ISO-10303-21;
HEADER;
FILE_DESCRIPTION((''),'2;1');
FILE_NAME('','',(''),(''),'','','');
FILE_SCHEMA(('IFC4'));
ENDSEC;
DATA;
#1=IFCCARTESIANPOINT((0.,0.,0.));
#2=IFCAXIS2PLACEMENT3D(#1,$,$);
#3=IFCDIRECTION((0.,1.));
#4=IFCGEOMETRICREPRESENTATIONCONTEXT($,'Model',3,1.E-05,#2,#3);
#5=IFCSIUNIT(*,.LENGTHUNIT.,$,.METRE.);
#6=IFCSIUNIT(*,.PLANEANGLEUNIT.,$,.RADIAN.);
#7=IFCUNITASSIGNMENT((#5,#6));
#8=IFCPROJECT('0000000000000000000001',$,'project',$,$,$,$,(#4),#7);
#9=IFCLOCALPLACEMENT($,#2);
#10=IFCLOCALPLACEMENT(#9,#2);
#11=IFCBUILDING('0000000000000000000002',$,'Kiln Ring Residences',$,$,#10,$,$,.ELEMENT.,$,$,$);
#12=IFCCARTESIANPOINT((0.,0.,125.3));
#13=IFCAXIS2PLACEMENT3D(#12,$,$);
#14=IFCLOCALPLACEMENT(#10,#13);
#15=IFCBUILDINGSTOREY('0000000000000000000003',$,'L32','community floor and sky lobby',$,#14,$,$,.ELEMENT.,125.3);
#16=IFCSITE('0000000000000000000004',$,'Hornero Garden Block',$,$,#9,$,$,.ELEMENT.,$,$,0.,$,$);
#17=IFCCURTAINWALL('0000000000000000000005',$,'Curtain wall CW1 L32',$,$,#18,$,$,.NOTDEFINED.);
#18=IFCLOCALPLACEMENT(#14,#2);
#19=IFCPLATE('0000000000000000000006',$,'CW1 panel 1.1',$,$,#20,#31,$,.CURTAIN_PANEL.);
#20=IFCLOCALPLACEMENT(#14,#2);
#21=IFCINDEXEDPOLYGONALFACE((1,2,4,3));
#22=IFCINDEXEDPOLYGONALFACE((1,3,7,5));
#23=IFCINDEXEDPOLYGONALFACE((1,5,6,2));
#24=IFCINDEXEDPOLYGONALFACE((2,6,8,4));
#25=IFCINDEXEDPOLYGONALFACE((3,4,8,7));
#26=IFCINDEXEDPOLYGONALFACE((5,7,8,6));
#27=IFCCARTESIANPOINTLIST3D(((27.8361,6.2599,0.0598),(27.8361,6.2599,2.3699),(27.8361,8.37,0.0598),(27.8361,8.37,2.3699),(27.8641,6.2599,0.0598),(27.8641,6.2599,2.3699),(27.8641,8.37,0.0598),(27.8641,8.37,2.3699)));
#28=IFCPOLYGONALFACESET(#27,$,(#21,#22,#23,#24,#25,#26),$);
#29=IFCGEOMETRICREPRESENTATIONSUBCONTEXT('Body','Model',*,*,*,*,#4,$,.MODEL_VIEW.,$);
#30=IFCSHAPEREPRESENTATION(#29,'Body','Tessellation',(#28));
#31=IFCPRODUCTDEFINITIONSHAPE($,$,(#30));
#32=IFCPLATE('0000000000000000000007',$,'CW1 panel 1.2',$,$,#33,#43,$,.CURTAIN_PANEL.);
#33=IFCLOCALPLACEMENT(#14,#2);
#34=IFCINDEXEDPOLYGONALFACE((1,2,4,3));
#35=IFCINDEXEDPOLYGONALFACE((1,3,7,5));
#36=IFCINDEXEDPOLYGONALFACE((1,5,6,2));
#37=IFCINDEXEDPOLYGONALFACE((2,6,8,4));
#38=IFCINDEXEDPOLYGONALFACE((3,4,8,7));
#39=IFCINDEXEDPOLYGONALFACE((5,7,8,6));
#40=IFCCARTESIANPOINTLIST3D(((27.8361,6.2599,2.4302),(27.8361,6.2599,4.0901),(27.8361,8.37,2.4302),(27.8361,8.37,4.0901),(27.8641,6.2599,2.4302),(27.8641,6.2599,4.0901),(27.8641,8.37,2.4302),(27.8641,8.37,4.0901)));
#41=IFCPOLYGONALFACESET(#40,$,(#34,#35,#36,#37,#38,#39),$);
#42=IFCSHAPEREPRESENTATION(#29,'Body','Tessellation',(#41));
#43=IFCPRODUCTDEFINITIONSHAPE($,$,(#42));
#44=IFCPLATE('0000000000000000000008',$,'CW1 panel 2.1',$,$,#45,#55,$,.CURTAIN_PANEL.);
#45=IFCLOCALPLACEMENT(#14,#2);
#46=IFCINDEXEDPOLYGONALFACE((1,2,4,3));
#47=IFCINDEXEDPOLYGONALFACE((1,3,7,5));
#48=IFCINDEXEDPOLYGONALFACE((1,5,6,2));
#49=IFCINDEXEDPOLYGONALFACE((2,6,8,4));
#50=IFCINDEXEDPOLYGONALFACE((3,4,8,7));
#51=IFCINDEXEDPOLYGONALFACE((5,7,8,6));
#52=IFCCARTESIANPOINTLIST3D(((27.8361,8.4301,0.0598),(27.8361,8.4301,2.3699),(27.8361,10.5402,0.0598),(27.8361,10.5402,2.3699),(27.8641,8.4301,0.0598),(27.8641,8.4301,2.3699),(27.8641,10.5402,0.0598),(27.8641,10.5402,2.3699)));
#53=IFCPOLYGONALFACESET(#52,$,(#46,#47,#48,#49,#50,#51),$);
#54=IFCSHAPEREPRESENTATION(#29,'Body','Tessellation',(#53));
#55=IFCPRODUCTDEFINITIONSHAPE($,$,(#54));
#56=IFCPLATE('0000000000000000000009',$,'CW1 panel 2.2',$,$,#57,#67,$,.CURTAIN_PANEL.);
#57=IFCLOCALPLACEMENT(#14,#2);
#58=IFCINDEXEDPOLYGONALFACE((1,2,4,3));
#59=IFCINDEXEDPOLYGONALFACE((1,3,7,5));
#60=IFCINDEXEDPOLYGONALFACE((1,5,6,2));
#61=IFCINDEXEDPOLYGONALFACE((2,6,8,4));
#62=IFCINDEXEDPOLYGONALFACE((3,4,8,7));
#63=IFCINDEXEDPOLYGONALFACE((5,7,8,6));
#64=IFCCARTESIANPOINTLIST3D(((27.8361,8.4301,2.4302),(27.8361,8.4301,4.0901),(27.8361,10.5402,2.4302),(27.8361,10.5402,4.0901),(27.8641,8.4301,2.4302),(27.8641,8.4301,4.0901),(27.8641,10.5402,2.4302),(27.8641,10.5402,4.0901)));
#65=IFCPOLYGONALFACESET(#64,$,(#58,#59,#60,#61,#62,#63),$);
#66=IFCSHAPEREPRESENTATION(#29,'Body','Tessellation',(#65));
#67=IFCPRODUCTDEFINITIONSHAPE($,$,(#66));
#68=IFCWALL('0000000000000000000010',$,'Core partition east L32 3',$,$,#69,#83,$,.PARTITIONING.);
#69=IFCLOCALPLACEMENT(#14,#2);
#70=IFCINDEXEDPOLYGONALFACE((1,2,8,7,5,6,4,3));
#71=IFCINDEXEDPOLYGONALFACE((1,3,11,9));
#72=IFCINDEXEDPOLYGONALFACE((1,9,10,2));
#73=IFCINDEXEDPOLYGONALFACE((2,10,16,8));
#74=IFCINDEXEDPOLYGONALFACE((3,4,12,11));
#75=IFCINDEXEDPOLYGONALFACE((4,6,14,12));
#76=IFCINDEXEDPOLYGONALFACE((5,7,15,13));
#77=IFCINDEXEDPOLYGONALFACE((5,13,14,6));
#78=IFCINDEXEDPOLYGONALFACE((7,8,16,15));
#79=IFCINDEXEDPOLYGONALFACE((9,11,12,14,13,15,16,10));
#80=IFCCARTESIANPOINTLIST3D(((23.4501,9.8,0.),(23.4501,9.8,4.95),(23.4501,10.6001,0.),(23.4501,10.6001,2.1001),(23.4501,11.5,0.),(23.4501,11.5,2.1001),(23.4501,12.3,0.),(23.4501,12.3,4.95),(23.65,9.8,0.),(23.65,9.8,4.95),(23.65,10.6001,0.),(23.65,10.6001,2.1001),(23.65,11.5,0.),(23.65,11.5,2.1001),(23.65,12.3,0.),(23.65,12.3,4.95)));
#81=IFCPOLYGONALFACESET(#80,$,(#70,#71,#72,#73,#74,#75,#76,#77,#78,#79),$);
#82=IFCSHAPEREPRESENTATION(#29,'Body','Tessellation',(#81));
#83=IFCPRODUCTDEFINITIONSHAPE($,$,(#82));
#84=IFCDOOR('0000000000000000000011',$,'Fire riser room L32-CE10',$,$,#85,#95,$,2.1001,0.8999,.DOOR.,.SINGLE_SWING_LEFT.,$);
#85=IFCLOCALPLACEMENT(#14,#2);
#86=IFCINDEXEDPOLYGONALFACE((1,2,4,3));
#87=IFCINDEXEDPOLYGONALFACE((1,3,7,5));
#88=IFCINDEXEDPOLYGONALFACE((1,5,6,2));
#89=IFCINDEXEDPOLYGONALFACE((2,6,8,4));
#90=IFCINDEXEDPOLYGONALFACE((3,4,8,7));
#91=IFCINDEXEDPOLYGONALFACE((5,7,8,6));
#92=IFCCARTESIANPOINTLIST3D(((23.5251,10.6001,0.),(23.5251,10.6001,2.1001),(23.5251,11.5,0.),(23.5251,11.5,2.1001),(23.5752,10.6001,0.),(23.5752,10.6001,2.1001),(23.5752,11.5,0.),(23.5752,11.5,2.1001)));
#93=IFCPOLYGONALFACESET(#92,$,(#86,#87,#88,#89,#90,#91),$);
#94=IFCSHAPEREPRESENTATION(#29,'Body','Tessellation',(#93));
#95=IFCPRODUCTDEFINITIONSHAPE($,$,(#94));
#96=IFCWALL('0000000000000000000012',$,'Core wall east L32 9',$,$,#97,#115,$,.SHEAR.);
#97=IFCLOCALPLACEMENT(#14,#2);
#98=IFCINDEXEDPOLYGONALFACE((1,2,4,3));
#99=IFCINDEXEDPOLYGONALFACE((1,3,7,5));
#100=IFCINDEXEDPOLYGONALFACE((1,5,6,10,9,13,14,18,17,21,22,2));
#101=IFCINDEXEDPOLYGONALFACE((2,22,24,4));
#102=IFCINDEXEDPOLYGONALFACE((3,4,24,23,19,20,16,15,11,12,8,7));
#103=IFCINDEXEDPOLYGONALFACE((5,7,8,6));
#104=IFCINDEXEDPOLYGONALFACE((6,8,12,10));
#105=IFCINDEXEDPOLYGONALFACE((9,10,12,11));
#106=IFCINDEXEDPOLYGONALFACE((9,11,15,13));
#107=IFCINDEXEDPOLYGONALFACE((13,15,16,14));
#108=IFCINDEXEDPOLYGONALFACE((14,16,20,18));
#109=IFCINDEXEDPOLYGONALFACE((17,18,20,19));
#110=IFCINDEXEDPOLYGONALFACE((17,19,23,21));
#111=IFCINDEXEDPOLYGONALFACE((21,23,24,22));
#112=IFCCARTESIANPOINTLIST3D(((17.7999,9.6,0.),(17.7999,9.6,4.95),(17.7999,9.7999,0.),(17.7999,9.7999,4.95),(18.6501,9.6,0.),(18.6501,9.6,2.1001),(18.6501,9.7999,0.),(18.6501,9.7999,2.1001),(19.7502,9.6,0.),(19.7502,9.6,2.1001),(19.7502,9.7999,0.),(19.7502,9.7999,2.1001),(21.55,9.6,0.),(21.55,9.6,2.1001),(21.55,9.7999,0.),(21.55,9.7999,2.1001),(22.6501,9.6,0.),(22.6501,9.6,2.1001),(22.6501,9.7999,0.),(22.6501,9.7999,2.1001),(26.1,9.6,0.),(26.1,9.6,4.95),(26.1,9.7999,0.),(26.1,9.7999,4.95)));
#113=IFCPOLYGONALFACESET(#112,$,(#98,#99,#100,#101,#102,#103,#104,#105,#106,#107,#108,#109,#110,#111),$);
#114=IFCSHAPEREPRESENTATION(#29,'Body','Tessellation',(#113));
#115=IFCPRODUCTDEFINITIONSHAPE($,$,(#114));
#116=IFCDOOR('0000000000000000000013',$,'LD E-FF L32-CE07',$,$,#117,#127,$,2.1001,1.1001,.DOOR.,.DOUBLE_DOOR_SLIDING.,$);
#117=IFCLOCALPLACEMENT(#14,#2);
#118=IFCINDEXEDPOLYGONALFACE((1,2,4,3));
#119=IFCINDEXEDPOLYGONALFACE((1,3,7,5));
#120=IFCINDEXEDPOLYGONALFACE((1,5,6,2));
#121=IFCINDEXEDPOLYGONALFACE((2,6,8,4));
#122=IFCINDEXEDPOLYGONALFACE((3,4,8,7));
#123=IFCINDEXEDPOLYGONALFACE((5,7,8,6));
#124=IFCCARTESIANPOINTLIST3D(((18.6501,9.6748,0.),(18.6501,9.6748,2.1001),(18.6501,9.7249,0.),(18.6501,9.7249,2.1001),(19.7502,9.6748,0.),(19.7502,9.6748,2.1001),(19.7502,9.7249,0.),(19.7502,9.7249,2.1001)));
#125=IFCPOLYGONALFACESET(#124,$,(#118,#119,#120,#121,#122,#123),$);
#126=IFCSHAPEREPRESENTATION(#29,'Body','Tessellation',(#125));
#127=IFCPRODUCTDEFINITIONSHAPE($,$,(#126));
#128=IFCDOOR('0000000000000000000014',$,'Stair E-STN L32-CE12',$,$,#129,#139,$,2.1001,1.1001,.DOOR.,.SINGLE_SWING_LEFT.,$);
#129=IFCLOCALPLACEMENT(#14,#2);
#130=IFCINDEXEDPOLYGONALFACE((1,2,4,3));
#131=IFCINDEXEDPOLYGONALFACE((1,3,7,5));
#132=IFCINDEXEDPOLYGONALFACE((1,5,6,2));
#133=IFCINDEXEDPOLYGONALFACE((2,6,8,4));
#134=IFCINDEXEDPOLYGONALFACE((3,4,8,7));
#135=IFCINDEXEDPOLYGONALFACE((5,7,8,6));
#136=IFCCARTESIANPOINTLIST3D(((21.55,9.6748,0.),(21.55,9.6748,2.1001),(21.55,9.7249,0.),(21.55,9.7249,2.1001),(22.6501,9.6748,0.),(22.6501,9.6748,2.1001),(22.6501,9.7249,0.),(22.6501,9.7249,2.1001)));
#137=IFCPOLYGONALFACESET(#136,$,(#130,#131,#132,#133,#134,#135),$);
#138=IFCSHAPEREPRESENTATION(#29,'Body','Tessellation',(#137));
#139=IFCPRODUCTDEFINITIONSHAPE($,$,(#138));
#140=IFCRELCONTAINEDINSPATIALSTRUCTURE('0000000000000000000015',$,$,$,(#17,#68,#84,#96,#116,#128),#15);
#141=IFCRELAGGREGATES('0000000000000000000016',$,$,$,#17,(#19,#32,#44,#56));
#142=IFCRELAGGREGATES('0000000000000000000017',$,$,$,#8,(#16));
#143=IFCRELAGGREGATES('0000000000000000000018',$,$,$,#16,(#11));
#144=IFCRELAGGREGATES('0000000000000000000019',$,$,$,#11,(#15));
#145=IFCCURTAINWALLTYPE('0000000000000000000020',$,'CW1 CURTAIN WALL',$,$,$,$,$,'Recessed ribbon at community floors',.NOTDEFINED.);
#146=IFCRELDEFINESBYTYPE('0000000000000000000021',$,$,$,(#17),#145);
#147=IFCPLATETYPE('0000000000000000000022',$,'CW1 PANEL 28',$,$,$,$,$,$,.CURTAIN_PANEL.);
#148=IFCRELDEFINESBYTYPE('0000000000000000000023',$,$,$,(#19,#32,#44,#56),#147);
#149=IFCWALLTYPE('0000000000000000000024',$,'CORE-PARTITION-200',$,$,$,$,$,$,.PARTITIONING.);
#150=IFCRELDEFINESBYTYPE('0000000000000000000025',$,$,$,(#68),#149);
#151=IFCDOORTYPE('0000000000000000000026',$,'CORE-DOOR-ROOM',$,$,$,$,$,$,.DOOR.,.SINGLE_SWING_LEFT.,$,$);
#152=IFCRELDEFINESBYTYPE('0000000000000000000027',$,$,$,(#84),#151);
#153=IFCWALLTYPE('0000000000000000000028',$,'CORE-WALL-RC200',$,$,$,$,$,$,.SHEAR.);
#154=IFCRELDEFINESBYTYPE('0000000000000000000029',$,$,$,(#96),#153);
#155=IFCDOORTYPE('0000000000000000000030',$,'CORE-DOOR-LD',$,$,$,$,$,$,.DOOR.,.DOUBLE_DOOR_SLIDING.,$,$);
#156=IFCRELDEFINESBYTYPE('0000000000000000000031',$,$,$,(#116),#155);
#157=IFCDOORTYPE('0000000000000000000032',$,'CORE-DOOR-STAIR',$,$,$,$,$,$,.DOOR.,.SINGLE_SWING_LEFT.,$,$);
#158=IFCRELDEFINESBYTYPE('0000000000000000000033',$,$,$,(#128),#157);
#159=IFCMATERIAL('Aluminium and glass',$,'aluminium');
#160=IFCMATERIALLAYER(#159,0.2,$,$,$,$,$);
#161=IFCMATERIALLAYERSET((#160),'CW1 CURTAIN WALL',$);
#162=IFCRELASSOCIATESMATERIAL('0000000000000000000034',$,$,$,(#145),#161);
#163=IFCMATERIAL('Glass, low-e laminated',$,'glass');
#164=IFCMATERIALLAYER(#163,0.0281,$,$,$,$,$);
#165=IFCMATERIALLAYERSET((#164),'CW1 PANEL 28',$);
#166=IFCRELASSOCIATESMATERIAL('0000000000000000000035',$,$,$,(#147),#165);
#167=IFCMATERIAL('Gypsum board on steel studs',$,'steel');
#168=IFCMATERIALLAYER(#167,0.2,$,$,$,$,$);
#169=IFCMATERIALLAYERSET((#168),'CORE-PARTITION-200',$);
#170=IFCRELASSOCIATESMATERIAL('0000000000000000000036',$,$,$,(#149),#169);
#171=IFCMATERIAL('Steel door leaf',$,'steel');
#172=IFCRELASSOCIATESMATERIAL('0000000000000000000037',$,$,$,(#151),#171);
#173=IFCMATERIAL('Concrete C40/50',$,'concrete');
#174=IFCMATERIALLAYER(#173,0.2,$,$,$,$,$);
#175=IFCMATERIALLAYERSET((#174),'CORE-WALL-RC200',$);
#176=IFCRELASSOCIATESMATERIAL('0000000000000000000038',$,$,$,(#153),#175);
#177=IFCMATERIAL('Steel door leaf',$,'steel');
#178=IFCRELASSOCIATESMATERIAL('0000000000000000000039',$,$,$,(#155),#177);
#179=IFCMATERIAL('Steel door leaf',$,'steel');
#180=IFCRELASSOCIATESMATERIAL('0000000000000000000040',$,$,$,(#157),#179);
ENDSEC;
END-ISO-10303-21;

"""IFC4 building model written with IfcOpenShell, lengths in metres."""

from ifc_helpers import new_model, si_unit, direction, frame, frame_2d, origin, origin_2d, place, context, subcontext, project, spatial, rectangle, extrude, material, layer, layer_set, type_object, element, fill, aggregate, save


model = new_model("IFC4")

# Units and contexts
model_context = context("Model", 3, precision=1e-05, world=origin(), true_north=direction((0.0, 1.0)))
body_context = subcontext(model_context, "Body", "Model", "MODEL_VIEW")
ifc_project = project(units=[si_unit("LENGTHUNIT", "METRE"), si_unit("PLANEANGLEUNIT", "RADIAN")], contexts=[model_context])

# Site, building, storey
site_placement = place(None, origin())
site = spatial("IfcSite", under=ifc_project, at=site_placement, Name="Hornero Garden Block", CompositionType="ELEMENT", RefElevation=0.0)
building_placement = place(site_placement, origin())
building = spatial("IfcBuilding", under=site, at=building_placement, Name="Kiln Ring Residences", CompositionType="ELEMENT")
storey_placement = place(building_placement, frame((0.0, 0.0, 125.3)))
storey = spatial("IfcBuildingStorey", under=building, at=storey_placement, Name="L32", Description="community floor and sky lobby", CompositionType="ELEMENT", Elevation=125.3)

# Curtain wall
ifc_material_1 = material(Name="Aluminium and glass", Category="aluminium")
ifc_layer_1 = layer(ifc_material_1, 0.2)
ifc_layer_set_1 = layer_set([ifc_layer_1], Name="CW1 CURTAIN WALL")
curtain_wall_type = type_object("IfcCurtainWallType", Name="CW1 CURTAIN WALL", ElementType="Recessed ribbon at community floors", PredefinedType="NOTDEFINED", material=ifc_layer_set_1)
placement = place(storey_placement, origin())
curtain_wall_1 = element("IfcCurtainWall", 1, at=placement, inside=storey, type_object=curtain_wall_type, Name="Curtain wall CW1 L32", PredefinedType="NOTDEFINED")

# Plates
ifc_material_2 = material(Name="Glass, low-e laminated", Category="glass")
ifc_layer_2 = layer(ifc_material_2, 0.0281)
ifc_layer_set_2 = layer_set([ifc_layer_2], Name="CW1 PANEL 28")
plate_type = type_object("IfcPlateType", Name="CW1 PANEL 28", PredefinedType="CURTAIN_PANEL", material=ifc_layer_set_2)
plate_1_placement = place(storey_placement, frame((27.8501, 7.3149, 0.0598), z_axis=(0.0, 0.0, 1.0), x_axis=(0.0, 1.0, 0.0)))
plate_1 = element("IfcPlate", 2, at=plate_1_placement, type_object=plate_type, Name="CW1 panel 1.1", PredefinedType="CURTAIN_PANEL", context=body_context, shape_type="SweptSolid", body=[
    extrude(rectangle(XDim=2.1101, YDim=0.0281, at=origin_2d()), origin(), (0.0, 0.0, 1.0), 2.3101),
])
plate_2_placement = place(storey_placement, frame((27.8501, 7.3149, 2.4302), z_axis=(0.0, 0.0, 1.0), x_axis=(0.0, 1.0, 0.0)))
plate_2 = element("IfcPlate", 3, at=plate_2_placement, type_object=plate_type, Name="CW1 panel 1.2", PredefinedType="CURTAIN_PANEL", context=body_context, shape_type="SweptSolid", body=[
    extrude(rectangle(XDim=2.1101, YDim=0.0281, at=origin_2d()), origin(), (0.0, 0.0, 1.0), 1.6599),
])
plate_3_placement = place(storey_placement, frame((27.8501, 9.4851, 0.0598), z_axis=(0.0, 0.0, 1.0), x_axis=(0.0, 1.0, 0.0)))
plate_3 = element("IfcPlate", 4, at=plate_3_placement, type_object=plate_type, Name="CW1 panel 2.1", PredefinedType="CURTAIN_PANEL", context=body_context, shape_type="SweptSolid", body=[
    extrude(rectangle(XDim=2.1101, YDim=0.0281, at=origin_2d()), origin(), (0.0, 0.0, 1.0), 2.3101),
])
plate_4_placement = place(storey_placement, frame((27.8501, 9.4851, 2.4302), z_axis=(0.0, 0.0, 1.0), x_axis=(0.0, 1.0, 0.0)))
plate_4 = element("IfcPlate", 5, at=plate_4_placement, type_object=plate_type, Name="CW1 panel 2.2", PredefinedType="CURTAIN_PANEL", context=body_context, shape_type="SweptSolid", body=[
    extrude(rectangle(XDim=2.1101, YDim=0.0281, at=origin_2d()), origin(), (0.0, 0.0, 1.0), 1.6599),
])
aggregate(curtain_wall_1, [plate_1, plate_2, plate_3, plate_4])

# Wall, opening, door
ifc_material_3 = material(Name="Gypsum board on steel studs", Category="steel")
ifc_layer_3 = layer(ifc_material_3, 0.2)
ifc_layer_set_3 = layer_set([ifc_layer_3], Name="CORE-PARTITION-200")
wall_type_1 = type_object("IfcWallType", Name="CORE-PARTITION-200", PredefinedType="PARTITIONING", material=ifc_layer_set_3)
wall_1_placement = place(storey_placement, frame((23.55, 9.8, 0.0), z_axis=(0.0, 0.0, 1.0), x_axis=(0.0, 1.0, 0.0)))
wall_1 = element("IfcWall", 6, at=wall_1_placement, inside=storey, type_object=wall_type_1, Name="Core partition east L32 3", PredefinedType="PARTITIONING", context=body_context, shape_type="SweptSolid", body=[
    extrude(rectangle(XDim=2.5, YDim=0.2, at=frame_2d((1.25, 0.0))), origin(), (0.0, 0.0, 1.0), 4.95),
])
opening_1_placement = place(wall_1_placement, frame((0.8, 0.0, 0.0)))
opening_1 = element("IfcOpeningElement", 7, at=opening_1_placement, cuts=wall_1, PredefinedType="OPENING", context=body_context, shape_type="SweptSolid", body=[
    extrude(rectangle(XDim=0.8999, YDim=2.1001, at=frame_2d((0.45, 1.05))), frame((0.0, 0.1099, 0.0), z_axis=(0.0, -1.0, 0.0), x_axis=(1.0, 0.0, 0.0)), (0.0, 0.0, 1.0), 0.22),
])
ifc_material_4 = material(Name="Steel door leaf", Category="steel")
door_type_1 = type_object("IfcDoorType", Name="CORE-DOOR-ROOM", OperationType="SINGLE_SWING_LEFT", PredefinedType="DOOR", material=ifc_material_4)
door_1_placement = place(opening_1_placement, origin())
door_1 = element("IfcDoor", 8, at=door_1_placement, inside=storey, type_object=door_type_1, Name="Fire riser room L32-CE10", OperationType="SINGLE_SWING_LEFT", OverallHeight=2.1001, OverallWidth=0.8999, PredefinedType="DOOR", context=body_context, shape_type="SweptSolid", body=[
    extrude(rectangle(XDim=0.8999, YDim=2.1001, at=frame_2d((0.45, 1.05))), frame((0.0, 0.0249, 0.0), z_axis=(0.0, -1.0, 0.0), x_axis=(1.0, 0.0, 0.0)), (0.0, 0.0, 1.0), 0.05),
])
fill(opening_1, door_1)

# Wall, openings, doors
ifc_material_5 = material(Name="Concrete C40/50", Category="concrete")
ifc_layer_4 = layer(ifc_material_5, 0.2)
ifc_layer_set_4 = layer_set([ifc_layer_4], Name="CORE-WALL-RC200")
wall_type_2 = type_object("IfcWallType", Name="CORE-WALL-RC200", PredefinedType="SHEAR", material=ifc_layer_set_4)
wall_2_placement = place(storey_placement, frame((17.8, 9.7, 0.0), z_axis=(0.0, 0.0, 1.0), x_axis=(1.0, 0.0, 0.0)))
wall_2 = element("IfcWall", 9, at=wall_2_placement, inside=storey, type_object=wall_type_2, Name="Core wall east L32 9", PredefinedType="SHEAR", context=body_context, shape_type="SweptSolid", body=[
    extrude(rectangle(XDim=8.3, YDim=0.2, at=frame_2d((4.1499, 0.0))), origin(), (0.0, 0.0, 1.0), 4.95),
])
opening_2_placement = place(wall_2_placement, frame((0.8501, 0.0, 0.0)))
opening_2 = element("IfcOpeningElement", 10, at=opening_2_placement, cuts=wall_2, PredefinedType="OPENING", context=body_context, shape_type="SweptSolid", body=[
    extrude(rectangle(XDim=1.1001, YDim=2.1001, at=frame_2d((0.55, 1.05))), frame((0.0, 0.1099, 0.0), z_axis=(0.0, -1.0, 0.0), x_axis=(1.0, 0.0, 0.0)), (0.0, 0.0, 1.0), 0.22),
])
opening_3_placement = place(wall_2_placement, frame((3.75, 0.0, 0.0)))
opening_3 = element("IfcOpeningElement", 11, at=opening_3_placement, cuts=wall_2, PredefinedType="OPENING", context=body_context, shape_type="SweptSolid", body=[
    extrude(rectangle(XDim=1.1001, YDim=2.1001, at=frame_2d((0.55, 1.05))), frame((0.0, 0.1099, 0.0), z_axis=(0.0, -1.0, 0.0), x_axis=(1.0, 0.0, 0.0)), (0.0, 0.0, 1.0), 0.22),
])
ifc_material_6 = material(Name="Steel door leaf", Category="steel")
door_type_2 = type_object("IfcDoorType", Name="CORE-DOOR-LD", OperationType="DOUBLE_DOOR_SLIDING", PredefinedType="DOOR", material=ifc_material_6)
door_2_placement = place(opening_2_placement, origin())
door_2 = element("IfcDoor", 12, at=door_2_placement, inside=storey, type_object=door_type_2, Name="LD E-FF L32-CE07", OperationType="DOUBLE_DOOR_SLIDING", OverallHeight=2.1001, OverallWidth=1.1001, PredefinedType="DOOR", context=body_context, shape_type="SweptSolid", body=[
    extrude(rectangle(XDim=1.1001, YDim=2.1001, at=frame_2d((0.55, 1.05))), frame((0.0, 0.0249, 0.0), z_axis=(0.0, -1.0, 0.0), x_axis=(1.0, 0.0, 0.0)), (0.0, 0.0, 1.0), 0.05),
])
fill(opening_2, door_2)
ifc_material_7 = material(Name="Steel door leaf", Category="steel")
door_type_3 = type_object("IfcDoorType", Name="CORE-DOOR-STAIR", OperationType="SINGLE_SWING_LEFT", PredefinedType="DOOR", material=ifc_material_7)
door_3_placement = place(opening_3_placement, origin())
door_3 = element("IfcDoor", 13, at=door_3_placement, inside=storey, type_object=door_type_3, Name="Stair E-STN L32-CE12", OperationType="SINGLE_SWING_LEFT", OverallHeight=2.1001, OverallWidth=1.1001, PredefinedType="DOOR", context=body_context, shape_type="SweptSolid", body=[
    extrude(rectangle(XDim=1.1001, YDim=2.1001, at=frame_2d((0.55, 1.05))), frame((0.0, 0.0249, 0.0), z_axis=(0.0, -1.0, 0.0), x_axis=(1.0, 0.0, 0.0)), (0.0, 0.0, 1.0), 0.05),
])
fill(opening_3, door_3)

save(model, "model.ifc")
